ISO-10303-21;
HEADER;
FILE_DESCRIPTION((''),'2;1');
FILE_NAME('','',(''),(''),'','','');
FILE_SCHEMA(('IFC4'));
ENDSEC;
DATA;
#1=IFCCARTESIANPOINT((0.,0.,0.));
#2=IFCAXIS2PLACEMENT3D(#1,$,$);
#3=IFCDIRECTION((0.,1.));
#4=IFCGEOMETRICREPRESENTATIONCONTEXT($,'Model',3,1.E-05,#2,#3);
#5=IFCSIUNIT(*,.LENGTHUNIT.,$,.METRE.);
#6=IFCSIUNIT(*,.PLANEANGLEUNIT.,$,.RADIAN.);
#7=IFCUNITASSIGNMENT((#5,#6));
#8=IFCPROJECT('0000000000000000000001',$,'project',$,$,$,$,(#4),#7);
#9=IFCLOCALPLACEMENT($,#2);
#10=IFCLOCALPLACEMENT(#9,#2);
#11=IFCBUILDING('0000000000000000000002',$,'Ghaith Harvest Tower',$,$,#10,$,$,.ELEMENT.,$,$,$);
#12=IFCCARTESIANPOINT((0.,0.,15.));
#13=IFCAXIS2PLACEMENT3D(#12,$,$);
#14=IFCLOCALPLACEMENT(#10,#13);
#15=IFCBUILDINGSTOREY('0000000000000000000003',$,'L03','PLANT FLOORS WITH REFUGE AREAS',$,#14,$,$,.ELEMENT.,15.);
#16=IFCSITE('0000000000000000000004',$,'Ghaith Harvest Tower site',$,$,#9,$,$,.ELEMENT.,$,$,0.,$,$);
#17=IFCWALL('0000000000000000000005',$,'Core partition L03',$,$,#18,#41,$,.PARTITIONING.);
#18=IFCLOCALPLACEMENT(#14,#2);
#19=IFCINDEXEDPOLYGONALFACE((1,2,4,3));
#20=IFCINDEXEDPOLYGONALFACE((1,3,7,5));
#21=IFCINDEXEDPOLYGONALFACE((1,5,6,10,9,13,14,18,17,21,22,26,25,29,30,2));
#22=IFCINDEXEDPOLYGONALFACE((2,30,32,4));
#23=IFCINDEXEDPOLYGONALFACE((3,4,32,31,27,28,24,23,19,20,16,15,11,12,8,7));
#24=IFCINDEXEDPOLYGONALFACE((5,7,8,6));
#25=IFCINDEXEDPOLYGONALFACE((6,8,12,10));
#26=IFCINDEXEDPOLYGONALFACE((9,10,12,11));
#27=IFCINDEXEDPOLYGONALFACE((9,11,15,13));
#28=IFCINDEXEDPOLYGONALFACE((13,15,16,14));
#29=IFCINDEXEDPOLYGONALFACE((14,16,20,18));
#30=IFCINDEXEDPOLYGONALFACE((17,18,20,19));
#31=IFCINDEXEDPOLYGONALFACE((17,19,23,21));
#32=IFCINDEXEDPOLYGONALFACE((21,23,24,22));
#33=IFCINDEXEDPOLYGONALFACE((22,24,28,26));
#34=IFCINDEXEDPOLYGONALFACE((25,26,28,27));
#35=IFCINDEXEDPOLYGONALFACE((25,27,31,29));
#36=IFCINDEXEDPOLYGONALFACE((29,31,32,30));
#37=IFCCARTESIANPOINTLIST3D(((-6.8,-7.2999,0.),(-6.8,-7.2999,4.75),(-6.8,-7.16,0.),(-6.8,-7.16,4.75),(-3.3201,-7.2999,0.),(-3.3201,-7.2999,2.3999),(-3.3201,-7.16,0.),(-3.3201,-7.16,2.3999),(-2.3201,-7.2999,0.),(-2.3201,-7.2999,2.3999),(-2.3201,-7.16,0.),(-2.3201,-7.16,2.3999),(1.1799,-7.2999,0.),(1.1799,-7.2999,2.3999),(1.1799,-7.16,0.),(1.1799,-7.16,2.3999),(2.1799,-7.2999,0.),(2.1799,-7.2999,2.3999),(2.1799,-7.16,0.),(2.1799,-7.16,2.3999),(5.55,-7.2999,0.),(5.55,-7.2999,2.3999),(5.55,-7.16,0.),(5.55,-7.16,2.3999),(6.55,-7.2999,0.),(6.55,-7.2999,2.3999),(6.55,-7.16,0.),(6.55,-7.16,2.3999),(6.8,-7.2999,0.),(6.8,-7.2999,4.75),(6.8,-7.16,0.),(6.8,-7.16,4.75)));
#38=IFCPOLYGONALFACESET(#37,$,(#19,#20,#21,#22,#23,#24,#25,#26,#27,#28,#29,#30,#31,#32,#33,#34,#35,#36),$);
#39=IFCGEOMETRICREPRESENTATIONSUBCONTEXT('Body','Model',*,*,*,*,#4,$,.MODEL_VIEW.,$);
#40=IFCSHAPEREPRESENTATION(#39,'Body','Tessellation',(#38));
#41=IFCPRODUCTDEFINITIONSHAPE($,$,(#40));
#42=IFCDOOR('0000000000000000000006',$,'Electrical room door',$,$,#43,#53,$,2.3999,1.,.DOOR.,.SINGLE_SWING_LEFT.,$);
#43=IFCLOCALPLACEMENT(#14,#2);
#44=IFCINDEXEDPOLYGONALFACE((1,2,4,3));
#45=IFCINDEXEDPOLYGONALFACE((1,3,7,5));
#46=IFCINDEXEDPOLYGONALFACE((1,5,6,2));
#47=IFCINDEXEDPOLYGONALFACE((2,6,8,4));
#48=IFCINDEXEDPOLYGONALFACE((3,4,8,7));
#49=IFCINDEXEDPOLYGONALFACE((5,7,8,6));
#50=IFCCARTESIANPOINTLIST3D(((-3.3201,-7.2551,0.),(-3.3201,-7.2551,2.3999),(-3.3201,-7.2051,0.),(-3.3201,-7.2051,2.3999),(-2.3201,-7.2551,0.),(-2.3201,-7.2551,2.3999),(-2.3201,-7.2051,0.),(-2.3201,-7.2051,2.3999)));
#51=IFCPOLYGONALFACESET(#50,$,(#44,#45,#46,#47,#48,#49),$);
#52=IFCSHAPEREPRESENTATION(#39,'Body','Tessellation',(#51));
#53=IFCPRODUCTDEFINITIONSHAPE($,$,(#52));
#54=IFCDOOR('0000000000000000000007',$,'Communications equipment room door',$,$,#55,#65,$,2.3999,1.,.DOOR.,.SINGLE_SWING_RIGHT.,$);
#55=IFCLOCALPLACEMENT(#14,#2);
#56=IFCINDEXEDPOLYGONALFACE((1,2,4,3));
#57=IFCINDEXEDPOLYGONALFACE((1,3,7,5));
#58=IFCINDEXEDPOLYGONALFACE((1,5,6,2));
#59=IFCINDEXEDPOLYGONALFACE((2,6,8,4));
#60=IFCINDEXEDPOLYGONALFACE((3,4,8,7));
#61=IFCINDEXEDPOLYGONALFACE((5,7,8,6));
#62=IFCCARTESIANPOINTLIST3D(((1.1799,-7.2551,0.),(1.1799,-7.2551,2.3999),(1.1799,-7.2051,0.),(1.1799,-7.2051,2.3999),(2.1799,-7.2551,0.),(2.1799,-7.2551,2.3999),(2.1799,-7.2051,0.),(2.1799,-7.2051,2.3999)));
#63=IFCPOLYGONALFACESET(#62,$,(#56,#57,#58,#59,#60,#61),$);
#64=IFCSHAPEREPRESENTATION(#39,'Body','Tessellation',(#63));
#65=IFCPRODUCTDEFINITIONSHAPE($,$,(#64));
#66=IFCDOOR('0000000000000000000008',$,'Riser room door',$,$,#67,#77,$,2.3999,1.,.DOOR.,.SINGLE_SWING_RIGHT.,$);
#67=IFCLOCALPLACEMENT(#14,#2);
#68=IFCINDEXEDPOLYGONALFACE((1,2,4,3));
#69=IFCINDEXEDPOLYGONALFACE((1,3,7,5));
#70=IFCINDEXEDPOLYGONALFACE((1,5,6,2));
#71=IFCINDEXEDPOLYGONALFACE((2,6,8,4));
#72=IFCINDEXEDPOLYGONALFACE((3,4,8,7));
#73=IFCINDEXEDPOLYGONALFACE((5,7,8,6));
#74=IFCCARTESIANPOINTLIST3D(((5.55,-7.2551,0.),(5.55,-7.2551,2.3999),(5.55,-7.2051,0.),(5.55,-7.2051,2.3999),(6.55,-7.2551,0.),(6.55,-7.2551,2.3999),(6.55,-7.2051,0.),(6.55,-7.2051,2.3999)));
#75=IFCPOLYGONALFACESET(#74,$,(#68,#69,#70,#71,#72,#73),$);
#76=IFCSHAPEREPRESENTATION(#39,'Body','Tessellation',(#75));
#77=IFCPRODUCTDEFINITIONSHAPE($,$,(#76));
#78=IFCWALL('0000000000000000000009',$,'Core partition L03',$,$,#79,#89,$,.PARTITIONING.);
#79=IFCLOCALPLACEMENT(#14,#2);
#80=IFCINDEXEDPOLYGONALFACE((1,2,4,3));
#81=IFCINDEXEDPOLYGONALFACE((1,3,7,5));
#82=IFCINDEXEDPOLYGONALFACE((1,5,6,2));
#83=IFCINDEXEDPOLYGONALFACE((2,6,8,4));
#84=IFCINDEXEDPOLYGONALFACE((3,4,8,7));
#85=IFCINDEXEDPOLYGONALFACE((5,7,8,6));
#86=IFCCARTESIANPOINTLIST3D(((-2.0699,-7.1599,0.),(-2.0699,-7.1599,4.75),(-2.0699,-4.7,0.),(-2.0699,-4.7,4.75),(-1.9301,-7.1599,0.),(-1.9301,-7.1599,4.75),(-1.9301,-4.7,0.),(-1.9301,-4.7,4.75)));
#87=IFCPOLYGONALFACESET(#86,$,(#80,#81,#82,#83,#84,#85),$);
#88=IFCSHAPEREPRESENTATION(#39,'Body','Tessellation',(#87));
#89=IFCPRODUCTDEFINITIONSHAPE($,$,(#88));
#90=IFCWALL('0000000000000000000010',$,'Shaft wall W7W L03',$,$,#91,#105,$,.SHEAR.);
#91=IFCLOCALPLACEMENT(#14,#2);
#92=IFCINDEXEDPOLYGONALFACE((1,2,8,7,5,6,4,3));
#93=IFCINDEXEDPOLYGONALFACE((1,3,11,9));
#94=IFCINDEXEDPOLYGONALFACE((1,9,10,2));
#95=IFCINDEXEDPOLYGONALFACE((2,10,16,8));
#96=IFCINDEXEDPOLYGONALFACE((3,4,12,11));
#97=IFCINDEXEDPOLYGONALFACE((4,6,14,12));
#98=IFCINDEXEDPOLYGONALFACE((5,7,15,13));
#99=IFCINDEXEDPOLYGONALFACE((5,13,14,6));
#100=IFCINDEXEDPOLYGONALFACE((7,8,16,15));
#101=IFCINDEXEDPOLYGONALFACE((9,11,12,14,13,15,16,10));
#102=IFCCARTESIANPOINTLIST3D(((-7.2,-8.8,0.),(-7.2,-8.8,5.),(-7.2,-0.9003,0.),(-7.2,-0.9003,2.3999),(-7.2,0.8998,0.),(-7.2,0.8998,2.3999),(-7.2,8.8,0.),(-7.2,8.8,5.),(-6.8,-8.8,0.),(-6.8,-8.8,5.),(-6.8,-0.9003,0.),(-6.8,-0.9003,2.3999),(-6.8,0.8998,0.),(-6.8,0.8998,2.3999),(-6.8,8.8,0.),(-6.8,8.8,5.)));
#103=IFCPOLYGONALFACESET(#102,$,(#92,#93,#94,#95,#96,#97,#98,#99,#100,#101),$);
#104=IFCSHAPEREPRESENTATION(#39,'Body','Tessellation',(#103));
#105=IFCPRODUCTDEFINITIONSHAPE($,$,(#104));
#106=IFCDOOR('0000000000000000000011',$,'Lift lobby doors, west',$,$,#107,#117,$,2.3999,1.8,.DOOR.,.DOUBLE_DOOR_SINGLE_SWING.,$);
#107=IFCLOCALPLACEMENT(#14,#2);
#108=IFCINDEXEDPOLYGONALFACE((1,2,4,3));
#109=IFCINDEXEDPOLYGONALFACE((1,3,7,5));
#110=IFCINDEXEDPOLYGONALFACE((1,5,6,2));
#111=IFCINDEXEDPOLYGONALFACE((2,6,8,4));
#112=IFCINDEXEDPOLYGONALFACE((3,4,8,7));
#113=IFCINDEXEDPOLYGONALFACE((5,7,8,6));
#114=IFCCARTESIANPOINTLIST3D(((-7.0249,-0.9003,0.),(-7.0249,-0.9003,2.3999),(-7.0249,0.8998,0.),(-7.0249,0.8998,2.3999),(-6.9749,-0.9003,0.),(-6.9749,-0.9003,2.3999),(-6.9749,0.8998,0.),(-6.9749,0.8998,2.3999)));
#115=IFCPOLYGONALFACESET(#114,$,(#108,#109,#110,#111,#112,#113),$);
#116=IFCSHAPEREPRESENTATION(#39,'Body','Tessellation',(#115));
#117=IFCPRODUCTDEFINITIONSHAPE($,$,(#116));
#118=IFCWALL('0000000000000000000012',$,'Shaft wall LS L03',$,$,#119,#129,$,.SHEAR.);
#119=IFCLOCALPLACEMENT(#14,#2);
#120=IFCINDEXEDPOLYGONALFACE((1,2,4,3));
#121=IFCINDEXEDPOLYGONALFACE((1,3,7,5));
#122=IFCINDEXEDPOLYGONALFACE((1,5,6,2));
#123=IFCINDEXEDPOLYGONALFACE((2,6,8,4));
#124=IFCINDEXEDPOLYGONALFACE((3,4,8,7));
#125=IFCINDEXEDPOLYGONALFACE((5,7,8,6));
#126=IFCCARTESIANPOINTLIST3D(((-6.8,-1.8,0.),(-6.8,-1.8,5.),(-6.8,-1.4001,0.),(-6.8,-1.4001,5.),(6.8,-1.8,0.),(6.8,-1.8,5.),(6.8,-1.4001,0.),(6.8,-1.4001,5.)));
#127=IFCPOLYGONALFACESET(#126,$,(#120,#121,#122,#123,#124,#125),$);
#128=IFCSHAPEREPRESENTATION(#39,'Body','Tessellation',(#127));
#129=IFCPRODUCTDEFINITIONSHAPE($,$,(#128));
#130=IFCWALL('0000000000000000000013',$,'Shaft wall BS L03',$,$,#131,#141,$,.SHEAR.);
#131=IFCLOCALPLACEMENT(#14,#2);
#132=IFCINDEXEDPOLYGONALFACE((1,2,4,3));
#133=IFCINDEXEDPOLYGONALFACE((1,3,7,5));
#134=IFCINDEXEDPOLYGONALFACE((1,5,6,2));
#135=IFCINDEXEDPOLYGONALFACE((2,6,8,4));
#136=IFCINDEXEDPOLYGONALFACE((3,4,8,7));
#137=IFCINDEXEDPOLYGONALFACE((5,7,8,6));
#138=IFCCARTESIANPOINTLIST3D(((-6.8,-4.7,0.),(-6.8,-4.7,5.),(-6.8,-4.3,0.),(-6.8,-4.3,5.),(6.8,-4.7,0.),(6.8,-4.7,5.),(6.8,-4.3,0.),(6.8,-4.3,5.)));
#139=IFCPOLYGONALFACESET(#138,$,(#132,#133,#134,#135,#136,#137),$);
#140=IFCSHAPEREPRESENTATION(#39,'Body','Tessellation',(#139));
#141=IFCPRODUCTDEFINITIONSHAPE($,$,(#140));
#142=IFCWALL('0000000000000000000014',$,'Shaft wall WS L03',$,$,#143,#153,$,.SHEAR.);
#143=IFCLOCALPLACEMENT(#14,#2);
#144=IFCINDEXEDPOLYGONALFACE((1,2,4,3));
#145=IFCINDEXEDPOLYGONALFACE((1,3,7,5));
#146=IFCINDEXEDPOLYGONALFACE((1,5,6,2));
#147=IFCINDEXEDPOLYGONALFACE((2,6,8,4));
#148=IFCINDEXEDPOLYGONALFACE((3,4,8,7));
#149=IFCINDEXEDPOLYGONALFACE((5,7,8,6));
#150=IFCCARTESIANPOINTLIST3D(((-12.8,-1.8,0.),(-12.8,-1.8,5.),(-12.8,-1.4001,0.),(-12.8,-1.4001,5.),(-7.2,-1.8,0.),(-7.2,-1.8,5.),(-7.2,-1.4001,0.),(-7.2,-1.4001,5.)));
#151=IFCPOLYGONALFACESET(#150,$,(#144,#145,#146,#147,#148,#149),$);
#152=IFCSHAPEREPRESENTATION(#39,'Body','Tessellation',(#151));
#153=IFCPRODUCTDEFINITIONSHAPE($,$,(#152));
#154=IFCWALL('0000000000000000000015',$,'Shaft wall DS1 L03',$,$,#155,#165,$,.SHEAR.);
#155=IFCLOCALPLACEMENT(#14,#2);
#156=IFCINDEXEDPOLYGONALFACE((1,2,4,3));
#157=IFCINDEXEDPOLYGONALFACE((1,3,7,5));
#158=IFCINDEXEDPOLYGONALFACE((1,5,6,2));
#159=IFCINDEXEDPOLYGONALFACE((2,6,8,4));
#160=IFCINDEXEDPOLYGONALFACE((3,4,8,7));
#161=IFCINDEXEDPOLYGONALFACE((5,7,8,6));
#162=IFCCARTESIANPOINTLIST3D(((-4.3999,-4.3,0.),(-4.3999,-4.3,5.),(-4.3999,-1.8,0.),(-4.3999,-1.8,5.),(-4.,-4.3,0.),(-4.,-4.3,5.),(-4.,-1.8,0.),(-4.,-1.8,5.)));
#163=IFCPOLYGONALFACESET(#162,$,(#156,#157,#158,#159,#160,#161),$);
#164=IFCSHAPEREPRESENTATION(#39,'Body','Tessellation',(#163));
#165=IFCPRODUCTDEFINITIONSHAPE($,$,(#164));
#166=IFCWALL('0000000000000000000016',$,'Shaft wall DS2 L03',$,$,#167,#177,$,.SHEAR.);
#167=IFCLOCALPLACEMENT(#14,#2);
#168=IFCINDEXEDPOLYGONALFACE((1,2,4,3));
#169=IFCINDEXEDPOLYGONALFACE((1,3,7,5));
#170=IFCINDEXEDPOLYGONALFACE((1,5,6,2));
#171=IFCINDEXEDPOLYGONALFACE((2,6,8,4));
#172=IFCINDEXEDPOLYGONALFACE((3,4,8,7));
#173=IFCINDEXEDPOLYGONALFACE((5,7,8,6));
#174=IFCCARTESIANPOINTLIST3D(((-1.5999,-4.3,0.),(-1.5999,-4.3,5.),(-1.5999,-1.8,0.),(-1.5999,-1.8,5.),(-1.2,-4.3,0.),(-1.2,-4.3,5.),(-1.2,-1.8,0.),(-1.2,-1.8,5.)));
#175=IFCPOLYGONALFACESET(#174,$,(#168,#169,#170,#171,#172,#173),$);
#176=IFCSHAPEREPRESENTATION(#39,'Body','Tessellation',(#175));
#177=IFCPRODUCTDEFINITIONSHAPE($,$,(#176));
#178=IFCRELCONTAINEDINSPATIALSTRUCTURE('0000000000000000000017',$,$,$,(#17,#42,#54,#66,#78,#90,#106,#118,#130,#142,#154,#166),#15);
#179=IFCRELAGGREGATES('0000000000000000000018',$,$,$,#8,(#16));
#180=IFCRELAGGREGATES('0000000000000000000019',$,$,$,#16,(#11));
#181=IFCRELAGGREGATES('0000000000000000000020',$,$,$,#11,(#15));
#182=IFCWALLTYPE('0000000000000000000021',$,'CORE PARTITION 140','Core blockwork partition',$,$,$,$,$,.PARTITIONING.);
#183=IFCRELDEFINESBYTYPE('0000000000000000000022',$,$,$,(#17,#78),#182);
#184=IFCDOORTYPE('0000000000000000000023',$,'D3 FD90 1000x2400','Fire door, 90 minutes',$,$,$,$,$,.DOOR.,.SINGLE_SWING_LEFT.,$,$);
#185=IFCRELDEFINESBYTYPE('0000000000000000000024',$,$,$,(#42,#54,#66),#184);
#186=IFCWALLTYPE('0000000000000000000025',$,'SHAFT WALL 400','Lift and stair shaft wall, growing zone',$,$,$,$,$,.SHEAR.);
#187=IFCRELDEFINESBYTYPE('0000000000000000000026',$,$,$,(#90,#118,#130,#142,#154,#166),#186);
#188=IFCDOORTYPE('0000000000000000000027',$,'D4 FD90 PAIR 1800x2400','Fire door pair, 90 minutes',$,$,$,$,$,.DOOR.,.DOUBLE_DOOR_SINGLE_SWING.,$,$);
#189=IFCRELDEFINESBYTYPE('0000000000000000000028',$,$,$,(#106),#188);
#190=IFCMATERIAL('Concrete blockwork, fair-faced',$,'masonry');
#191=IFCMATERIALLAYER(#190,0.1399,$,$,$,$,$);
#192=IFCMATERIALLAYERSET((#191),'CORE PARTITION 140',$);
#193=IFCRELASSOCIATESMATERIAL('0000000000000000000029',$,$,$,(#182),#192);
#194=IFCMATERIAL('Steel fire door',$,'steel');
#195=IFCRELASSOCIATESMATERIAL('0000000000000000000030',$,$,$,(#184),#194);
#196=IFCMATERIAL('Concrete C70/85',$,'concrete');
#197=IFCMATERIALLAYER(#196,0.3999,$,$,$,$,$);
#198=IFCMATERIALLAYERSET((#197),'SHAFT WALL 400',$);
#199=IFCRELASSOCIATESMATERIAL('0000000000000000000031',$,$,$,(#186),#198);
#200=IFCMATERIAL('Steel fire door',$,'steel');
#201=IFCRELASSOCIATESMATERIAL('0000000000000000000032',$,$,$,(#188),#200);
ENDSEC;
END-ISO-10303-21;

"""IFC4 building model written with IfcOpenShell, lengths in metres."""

from ifc_helpers import new_model, si_unit, direction, frame, frame_2d, origin, place, context, subcontext, project, spatial, rectangle, extrude, material, layer, layer_set, type_object, element, fill, save


model = new_model("IFC4")

# Units and contexts
model_context = context("Model", 3, precision=1e-05, world=origin(), true_north=direction((0.0, 1.0)))
body_context = subcontext(model_context, "Body", "Model", "MODEL_VIEW")
ifc_project = project(units=[si_unit("LENGTHUNIT", "METRE"), si_unit("PLANEANGLEUNIT", "RADIAN")], contexts=[model_context])

# Site, building, storey
site_placement = place(None, origin())
site = spatial("IfcSite", under=ifc_project, at=site_placement, Name="Ghaith Harvest Tower site", CompositionType="ELEMENT", RefElevation=0.0)
building_placement = place(site_placement, origin())
building = spatial("IfcBuilding", under=site, at=building_placement, Name="Ghaith Harvest Tower", CompositionType="ELEMENT")
storey_placement = place(building_placement, frame((0.0, 0.0, 15.0)))
storey = spatial("IfcBuildingStorey", under=building, at=storey_placement, Name="L03", Description="PLANT FLOORS WITH REFUGE AREAS", CompositionType="ELEMENT", Elevation=15.0)

# Wall, openings, doors
ifc_material_1 = material(Name="Concrete blockwork, fair-faced", Category="masonry")
ifc_layer_1 = layer(ifc_material_1, 0.1399)
ifc_layer_set_1 = layer_set([ifc_layer_1], Name="CORE PARTITION 140")
wall_type_1 = type_object("IfcWallType", Name="CORE PARTITION 140", Description="Core blockwork partition", PredefinedType="PARTITIONING", material=ifc_layer_set_1)
wall_1_placement = place(storey_placement, frame((-6.8, -7.23, 0.0), z_axis=(0.0, 0.0, 1.0), x_axis=(1.0, 0.0, 0.0)))
wall_1 = element("IfcWall", 1, at=wall_1_placement, inside=storey, type_object=wall_type_1, Name="Core partition L03", PredefinedType="PARTITIONING", context=body_context, shape_type="SweptSolid", body=[
    extrude(rectangle(XDim=13.6001, YDim=0.1399, at=frame_2d((6.8, 0.0))), origin(), (0.0, 0.0, 1.0), 4.75),
])
opening_1_placement = place(wall_1_placement, frame((3.48, 0.0, 0.0)))
opening_1 = element("IfcOpeningElement", 2, at=opening_1_placement, cuts=wall_1, PredefinedType="OPENING", context=body_context, shape_type="SweptSolid", body=[
    extrude(rectangle(XDim=1.0, YDim=2.3999, at=frame_2d((0.5, 1.2))), frame((0.0, 0.0801, 0.0), z_axis=(0.0, -1.0, 0.0), x_axis=(1.0, 0.0, 0.0)), (0.0, 0.0, 1.0), 0.1599),
])
opening_2_placement = place(wall_1_placement, frame((7.98, 0.0, 0.0)))
opening_2 = element("IfcOpeningElement", 3, at=opening_2_placement, cuts=wall_1, PredefinedType="OPENING", context=body_context, shape_type="SweptSolid", body=[
    extrude(rectangle(XDim=1.0, YDim=2.3999, at=frame_2d((0.5, 1.2))), frame((0.0, 0.0801, 0.0), z_axis=(0.0, -1.0, 0.0), x_axis=(1.0, 0.0, 0.0)), (0.0, 0.0, 1.0), 0.1599),
])
opening_3_placement = place(wall_1_placement, frame((12.3501, 0.0, 0.0)))
opening_3 = element("IfcOpeningElement", 4, at=opening_3_placement, cuts=wall_1, PredefinedType="OPENING", context=body_context, shape_type="SweptSolid", body=[
    extrude(rectangle(XDim=1.0, YDim=2.3999, at=frame_2d((0.5, 1.2))), frame((0.0, 0.0801, 0.0), z_axis=(0.0, -1.0, 0.0), x_axis=(1.0, 0.0, 0.0)), (0.0, 0.0, 1.0), 0.1599),
])
ifc_material_2 = material(Name="Steel fire door", Category="steel")
door_type_1 = type_object("IfcDoorType", Name="D3 FD90 1000x2400", Description="Fire door, 90 minutes", OperationType="SINGLE_SWING_LEFT", PredefinedType="DOOR", material=ifc_material_2)
door_1_placement = place(opening_1_placement, origin())
door_1 = element("IfcDoor", 5, at=door_1_placement, inside=storey, type_object=door_type_1, Name="Electrical room door", OperationType="SINGLE_SWING_LEFT", OverallHeight=2.3999, OverallWidth=1.0, PredefinedType="DOOR", context=body_context, shape_type="SweptSolid", body=[
    extrude(rectangle(XDim=1.0, YDim=2.3999, at=frame_2d((0.5, 1.2))), frame((0.0, 0.0249, 0.0), z_axis=(0.0, -1.0, 0.0), x_axis=(1.0, 0.0, 0.0)), (0.0, 0.0, 1.0), 0.05),
])
fill(opening_1, door_1)
door_2_placement = place(opening_2_placement, origin())
door_2 = element("IfcDoor", 6, at=door_2_placement, inside=storey, type_object=door_type_1, Name="Communications equipment room door", OperationType="SINGLE_SWING_RIGHT", OverallHeight=2.3999, OverallWidth=1.0, PredefinedType="DOOR", context=body_context, shape_type="SweptSolid", body=[
    extrude(rectangle(XDim=1.0, YDim=2.3999, at=frame_2d((0.5, 1.2))), frame((0.0, 0.0249, 0.0), z_axis=(0.0, -1.0, 0.0), x_axis=(1.0, 0.0, 0.0)), (0.0, 0.0, 1.0), 0.05),
])
fill(opening_2, door_2)
door_3_placement = place(opening_3_placement, origin())
door_3 = element("IfcDoor", 7, at=door_3_placement, inside=storey, type_object=door_type_1, Name="Riser room door", OperationType="SINGLE_SWING_RIGHT", OverallHeight=2.3999, OverallWidth=1.0, PredefinedType="DOOR", context=body_context, shape_type="SweptSolid", body=[
    extrude(rectangle(XDim=1.0, YDim=2.3999, at=frame_2d((0.5, 1.2))), frame((0.0, 0.0249, 0.0), z_axis=(0.0, -1.0, 0.0), x_axis=(1.0, 0.0, 0.0)), (0.0, 0.0, 1.0), 0.05),
])
fill(opening_3, door_3)

# Wall
wall_2_placement = place(storey_placement, frame((-2.0, -4.7, 0.0), z_axis=(0.0, 0.0, 1.0), x_axis=(0.0, -1.0, 0.0)))
element("IfcWall", 8, at=wall_2_placement, inside=storey, type_object=wall_type_1, Name="Core partition L03", PredefinedType="PARTITIONING", context=body_context, shape_type="SweptSolid", body=[
    extrude(rectangle(XDim=2.46, YDim=0.1399, at=frame_2d((1.23, 0.0))), origin(), (0.0, 0.0, 1.0), 4.75),
])

# Wall, opening, door
ifc_material_3 = material(Name="Concrete C70/85", Category="concrete")
ifc_layer_2 = layer(ifc_material_3, 0.3999)
ifc_layer_set_2 = layer_set([ifc_layer_2], Name="SHAFT WALL 400")
wall_type_2 = type_object("IfcWallType", Name="SHAFT WALL 400", Description="Lift and stair shaft wall, growing zone", PredefinedType="SHEAR", material=ifc_layer_set_2)
wall_3_placement = place(storey_placement, frame((-7.0, -8.8, 0.0), z_axis=(0.0, 0.0, 1.0), x_axis=(0.0, 1.0, 0.0)))
wall_3 = element("IfcWall", 9, at=wall_3_placement, inside=storey, type_object=wall_type_2, Name="Shaft wall W7W L03", PredefinedType="SHEAR", context=body_context, shape_type="SweptSolid", body=[
    extrude(rectangle(XDim=17.6001, YDim=0.3999, at=frame_2d((8.8, 0.0))), origin(), (0.0, 0.0, 1.0), 5.0),
])
opening_4_placement = place(wall_3_placement, frame((7.8999, 0.0, 0.0)))
opening_4 = element("IfcOpeningElement", 10, at=opening_4_placement, cuts=wall_3, PredefinedType="OPENING", context=body_context, shape_type="SweptSolid", body=[
    extrude(rectangle(XDim=1.8, YDim=2.3999, at=frame_2d((0.8999, 1.2))), frame((0.0, 0.21, 0.0), z_axis=(0.0, -1.0, 0.0), x_axis=(1.0, 0.0, 0.0)), (0.0, 0.0, 1.0), 0.4199),
])
ifc_material_4 = material(Name="Steel fire door", Category="steel")
door_type_2 = type_object("IfcDoorType", Name="D4 FD90 PAIR 1800x2400", Description="Fire door pair, 90 minutes", OperationType="DOUBLE_DOOR_SINGLE_SWING", PredefinedType="DOOR", material=ifc_material_4)
door_4_placement = place(opening_4_placement, origin())
door_4 = element("IfcDoor", 11, at=door_4_placement, inside=storey, type_object=door_type_2, Name="Lift lobby doors, west", OperationType="DOUBLE_DOOR_SINGLE_SWING", OverallHeight=2.3999, OverallWidth=1.8, PredefinedType="DOOR", context=body_context, shape_type="SweptSolid", body=[
    extrude(rectangle(XDim=1.8, YDim=2.3999, at=frame_2d((0.8999, 1.2))), frame((0.0, 0.0249, 0.0), z_axis=(0.0, -1.0, 0.0), x_axis=(1.0, 0.0, 0.0)), (0.0, 0.0, 1.0), 0.05),
])
fill(opening_4, door_4)

# Walls
for number, where, z_axis, x_axis, name in (
    (12, (-6.8, -1.6001, 0.0), (0.0, 0.0, 1.0), (1.0, 0.0, 0.0), "Shaft wall LS L03"),
    (13, (-6.8, -4.5, 0.0), (0.0, 0.0, 1.0), (1.0, 0.0, 0.0), "Shaft wall BS L03"),
):
    element("IfcWall", number, at=place(storey_placement, frame(where, z_axis=z_axis, x_axis=x_axis)), inside=storey, type_object=wall_type_2, Name=name, PredefinedType="SHEAR", context=body_context, shape_type="SweptSolid", body=[
        extrude(rectangle(XDim=13.6001, YDim=0.3999, at=frame_2d((6.8, 0.0))), origin(), (0.0, 0.0, 1.0), 5.0),
    ])
wall_4_placement = place(storey_placement, frame((-12.8, -1.6001, 0.0), z_axis=(0.0, 0.0, 1.0), x_axis=(1.0, 0.0, 0.0)))
element("IfcWall", 14, at=wall_4_placement, inside=storey, type_object=wall_type_2, Name="Shaft wall WS L03", PredefinedType="SHEAR", context=body_context, shape_type="SweptSolid", body=[
    extrude(rectangle(XDim=5.6001, YDim=0.3999, at=frame_2d((2.8, 0.0))), origin(), (0.0, 0.0, 1.0), 5.0),
])
for number, where, z_axis, x_axis, name in (
    (15, (-4.2, -4.3, 0.0), (0.0, 0.0, 1.0), (0.0, 1.0, 0.0), "Shaft wall DS1 L03"),
    (16, (-1.3999, -4.3, 0.0), (0.0, 0.0, 1.0), (0.0, 1.0, 0.0), "Shaft wall DS2 L03"),
):
    element("IfcWall", number, at=place(storey_placement, frame(where, z_axis=z_axis, x_axis=x_axis)), inside=storey, type_object=wall_type_2, Name=name, PredefinedType="SHEAR", context=body_context, shape_type="SweptSolid", body=[
        extrude(rectangle(XDim=2.5, YDim=0.3999, at=frame_2d((1.25, 0.0))), origin(), (0.0, 0.0, 1.0), 5.0),
    ])

save(model, "model.ifc")
